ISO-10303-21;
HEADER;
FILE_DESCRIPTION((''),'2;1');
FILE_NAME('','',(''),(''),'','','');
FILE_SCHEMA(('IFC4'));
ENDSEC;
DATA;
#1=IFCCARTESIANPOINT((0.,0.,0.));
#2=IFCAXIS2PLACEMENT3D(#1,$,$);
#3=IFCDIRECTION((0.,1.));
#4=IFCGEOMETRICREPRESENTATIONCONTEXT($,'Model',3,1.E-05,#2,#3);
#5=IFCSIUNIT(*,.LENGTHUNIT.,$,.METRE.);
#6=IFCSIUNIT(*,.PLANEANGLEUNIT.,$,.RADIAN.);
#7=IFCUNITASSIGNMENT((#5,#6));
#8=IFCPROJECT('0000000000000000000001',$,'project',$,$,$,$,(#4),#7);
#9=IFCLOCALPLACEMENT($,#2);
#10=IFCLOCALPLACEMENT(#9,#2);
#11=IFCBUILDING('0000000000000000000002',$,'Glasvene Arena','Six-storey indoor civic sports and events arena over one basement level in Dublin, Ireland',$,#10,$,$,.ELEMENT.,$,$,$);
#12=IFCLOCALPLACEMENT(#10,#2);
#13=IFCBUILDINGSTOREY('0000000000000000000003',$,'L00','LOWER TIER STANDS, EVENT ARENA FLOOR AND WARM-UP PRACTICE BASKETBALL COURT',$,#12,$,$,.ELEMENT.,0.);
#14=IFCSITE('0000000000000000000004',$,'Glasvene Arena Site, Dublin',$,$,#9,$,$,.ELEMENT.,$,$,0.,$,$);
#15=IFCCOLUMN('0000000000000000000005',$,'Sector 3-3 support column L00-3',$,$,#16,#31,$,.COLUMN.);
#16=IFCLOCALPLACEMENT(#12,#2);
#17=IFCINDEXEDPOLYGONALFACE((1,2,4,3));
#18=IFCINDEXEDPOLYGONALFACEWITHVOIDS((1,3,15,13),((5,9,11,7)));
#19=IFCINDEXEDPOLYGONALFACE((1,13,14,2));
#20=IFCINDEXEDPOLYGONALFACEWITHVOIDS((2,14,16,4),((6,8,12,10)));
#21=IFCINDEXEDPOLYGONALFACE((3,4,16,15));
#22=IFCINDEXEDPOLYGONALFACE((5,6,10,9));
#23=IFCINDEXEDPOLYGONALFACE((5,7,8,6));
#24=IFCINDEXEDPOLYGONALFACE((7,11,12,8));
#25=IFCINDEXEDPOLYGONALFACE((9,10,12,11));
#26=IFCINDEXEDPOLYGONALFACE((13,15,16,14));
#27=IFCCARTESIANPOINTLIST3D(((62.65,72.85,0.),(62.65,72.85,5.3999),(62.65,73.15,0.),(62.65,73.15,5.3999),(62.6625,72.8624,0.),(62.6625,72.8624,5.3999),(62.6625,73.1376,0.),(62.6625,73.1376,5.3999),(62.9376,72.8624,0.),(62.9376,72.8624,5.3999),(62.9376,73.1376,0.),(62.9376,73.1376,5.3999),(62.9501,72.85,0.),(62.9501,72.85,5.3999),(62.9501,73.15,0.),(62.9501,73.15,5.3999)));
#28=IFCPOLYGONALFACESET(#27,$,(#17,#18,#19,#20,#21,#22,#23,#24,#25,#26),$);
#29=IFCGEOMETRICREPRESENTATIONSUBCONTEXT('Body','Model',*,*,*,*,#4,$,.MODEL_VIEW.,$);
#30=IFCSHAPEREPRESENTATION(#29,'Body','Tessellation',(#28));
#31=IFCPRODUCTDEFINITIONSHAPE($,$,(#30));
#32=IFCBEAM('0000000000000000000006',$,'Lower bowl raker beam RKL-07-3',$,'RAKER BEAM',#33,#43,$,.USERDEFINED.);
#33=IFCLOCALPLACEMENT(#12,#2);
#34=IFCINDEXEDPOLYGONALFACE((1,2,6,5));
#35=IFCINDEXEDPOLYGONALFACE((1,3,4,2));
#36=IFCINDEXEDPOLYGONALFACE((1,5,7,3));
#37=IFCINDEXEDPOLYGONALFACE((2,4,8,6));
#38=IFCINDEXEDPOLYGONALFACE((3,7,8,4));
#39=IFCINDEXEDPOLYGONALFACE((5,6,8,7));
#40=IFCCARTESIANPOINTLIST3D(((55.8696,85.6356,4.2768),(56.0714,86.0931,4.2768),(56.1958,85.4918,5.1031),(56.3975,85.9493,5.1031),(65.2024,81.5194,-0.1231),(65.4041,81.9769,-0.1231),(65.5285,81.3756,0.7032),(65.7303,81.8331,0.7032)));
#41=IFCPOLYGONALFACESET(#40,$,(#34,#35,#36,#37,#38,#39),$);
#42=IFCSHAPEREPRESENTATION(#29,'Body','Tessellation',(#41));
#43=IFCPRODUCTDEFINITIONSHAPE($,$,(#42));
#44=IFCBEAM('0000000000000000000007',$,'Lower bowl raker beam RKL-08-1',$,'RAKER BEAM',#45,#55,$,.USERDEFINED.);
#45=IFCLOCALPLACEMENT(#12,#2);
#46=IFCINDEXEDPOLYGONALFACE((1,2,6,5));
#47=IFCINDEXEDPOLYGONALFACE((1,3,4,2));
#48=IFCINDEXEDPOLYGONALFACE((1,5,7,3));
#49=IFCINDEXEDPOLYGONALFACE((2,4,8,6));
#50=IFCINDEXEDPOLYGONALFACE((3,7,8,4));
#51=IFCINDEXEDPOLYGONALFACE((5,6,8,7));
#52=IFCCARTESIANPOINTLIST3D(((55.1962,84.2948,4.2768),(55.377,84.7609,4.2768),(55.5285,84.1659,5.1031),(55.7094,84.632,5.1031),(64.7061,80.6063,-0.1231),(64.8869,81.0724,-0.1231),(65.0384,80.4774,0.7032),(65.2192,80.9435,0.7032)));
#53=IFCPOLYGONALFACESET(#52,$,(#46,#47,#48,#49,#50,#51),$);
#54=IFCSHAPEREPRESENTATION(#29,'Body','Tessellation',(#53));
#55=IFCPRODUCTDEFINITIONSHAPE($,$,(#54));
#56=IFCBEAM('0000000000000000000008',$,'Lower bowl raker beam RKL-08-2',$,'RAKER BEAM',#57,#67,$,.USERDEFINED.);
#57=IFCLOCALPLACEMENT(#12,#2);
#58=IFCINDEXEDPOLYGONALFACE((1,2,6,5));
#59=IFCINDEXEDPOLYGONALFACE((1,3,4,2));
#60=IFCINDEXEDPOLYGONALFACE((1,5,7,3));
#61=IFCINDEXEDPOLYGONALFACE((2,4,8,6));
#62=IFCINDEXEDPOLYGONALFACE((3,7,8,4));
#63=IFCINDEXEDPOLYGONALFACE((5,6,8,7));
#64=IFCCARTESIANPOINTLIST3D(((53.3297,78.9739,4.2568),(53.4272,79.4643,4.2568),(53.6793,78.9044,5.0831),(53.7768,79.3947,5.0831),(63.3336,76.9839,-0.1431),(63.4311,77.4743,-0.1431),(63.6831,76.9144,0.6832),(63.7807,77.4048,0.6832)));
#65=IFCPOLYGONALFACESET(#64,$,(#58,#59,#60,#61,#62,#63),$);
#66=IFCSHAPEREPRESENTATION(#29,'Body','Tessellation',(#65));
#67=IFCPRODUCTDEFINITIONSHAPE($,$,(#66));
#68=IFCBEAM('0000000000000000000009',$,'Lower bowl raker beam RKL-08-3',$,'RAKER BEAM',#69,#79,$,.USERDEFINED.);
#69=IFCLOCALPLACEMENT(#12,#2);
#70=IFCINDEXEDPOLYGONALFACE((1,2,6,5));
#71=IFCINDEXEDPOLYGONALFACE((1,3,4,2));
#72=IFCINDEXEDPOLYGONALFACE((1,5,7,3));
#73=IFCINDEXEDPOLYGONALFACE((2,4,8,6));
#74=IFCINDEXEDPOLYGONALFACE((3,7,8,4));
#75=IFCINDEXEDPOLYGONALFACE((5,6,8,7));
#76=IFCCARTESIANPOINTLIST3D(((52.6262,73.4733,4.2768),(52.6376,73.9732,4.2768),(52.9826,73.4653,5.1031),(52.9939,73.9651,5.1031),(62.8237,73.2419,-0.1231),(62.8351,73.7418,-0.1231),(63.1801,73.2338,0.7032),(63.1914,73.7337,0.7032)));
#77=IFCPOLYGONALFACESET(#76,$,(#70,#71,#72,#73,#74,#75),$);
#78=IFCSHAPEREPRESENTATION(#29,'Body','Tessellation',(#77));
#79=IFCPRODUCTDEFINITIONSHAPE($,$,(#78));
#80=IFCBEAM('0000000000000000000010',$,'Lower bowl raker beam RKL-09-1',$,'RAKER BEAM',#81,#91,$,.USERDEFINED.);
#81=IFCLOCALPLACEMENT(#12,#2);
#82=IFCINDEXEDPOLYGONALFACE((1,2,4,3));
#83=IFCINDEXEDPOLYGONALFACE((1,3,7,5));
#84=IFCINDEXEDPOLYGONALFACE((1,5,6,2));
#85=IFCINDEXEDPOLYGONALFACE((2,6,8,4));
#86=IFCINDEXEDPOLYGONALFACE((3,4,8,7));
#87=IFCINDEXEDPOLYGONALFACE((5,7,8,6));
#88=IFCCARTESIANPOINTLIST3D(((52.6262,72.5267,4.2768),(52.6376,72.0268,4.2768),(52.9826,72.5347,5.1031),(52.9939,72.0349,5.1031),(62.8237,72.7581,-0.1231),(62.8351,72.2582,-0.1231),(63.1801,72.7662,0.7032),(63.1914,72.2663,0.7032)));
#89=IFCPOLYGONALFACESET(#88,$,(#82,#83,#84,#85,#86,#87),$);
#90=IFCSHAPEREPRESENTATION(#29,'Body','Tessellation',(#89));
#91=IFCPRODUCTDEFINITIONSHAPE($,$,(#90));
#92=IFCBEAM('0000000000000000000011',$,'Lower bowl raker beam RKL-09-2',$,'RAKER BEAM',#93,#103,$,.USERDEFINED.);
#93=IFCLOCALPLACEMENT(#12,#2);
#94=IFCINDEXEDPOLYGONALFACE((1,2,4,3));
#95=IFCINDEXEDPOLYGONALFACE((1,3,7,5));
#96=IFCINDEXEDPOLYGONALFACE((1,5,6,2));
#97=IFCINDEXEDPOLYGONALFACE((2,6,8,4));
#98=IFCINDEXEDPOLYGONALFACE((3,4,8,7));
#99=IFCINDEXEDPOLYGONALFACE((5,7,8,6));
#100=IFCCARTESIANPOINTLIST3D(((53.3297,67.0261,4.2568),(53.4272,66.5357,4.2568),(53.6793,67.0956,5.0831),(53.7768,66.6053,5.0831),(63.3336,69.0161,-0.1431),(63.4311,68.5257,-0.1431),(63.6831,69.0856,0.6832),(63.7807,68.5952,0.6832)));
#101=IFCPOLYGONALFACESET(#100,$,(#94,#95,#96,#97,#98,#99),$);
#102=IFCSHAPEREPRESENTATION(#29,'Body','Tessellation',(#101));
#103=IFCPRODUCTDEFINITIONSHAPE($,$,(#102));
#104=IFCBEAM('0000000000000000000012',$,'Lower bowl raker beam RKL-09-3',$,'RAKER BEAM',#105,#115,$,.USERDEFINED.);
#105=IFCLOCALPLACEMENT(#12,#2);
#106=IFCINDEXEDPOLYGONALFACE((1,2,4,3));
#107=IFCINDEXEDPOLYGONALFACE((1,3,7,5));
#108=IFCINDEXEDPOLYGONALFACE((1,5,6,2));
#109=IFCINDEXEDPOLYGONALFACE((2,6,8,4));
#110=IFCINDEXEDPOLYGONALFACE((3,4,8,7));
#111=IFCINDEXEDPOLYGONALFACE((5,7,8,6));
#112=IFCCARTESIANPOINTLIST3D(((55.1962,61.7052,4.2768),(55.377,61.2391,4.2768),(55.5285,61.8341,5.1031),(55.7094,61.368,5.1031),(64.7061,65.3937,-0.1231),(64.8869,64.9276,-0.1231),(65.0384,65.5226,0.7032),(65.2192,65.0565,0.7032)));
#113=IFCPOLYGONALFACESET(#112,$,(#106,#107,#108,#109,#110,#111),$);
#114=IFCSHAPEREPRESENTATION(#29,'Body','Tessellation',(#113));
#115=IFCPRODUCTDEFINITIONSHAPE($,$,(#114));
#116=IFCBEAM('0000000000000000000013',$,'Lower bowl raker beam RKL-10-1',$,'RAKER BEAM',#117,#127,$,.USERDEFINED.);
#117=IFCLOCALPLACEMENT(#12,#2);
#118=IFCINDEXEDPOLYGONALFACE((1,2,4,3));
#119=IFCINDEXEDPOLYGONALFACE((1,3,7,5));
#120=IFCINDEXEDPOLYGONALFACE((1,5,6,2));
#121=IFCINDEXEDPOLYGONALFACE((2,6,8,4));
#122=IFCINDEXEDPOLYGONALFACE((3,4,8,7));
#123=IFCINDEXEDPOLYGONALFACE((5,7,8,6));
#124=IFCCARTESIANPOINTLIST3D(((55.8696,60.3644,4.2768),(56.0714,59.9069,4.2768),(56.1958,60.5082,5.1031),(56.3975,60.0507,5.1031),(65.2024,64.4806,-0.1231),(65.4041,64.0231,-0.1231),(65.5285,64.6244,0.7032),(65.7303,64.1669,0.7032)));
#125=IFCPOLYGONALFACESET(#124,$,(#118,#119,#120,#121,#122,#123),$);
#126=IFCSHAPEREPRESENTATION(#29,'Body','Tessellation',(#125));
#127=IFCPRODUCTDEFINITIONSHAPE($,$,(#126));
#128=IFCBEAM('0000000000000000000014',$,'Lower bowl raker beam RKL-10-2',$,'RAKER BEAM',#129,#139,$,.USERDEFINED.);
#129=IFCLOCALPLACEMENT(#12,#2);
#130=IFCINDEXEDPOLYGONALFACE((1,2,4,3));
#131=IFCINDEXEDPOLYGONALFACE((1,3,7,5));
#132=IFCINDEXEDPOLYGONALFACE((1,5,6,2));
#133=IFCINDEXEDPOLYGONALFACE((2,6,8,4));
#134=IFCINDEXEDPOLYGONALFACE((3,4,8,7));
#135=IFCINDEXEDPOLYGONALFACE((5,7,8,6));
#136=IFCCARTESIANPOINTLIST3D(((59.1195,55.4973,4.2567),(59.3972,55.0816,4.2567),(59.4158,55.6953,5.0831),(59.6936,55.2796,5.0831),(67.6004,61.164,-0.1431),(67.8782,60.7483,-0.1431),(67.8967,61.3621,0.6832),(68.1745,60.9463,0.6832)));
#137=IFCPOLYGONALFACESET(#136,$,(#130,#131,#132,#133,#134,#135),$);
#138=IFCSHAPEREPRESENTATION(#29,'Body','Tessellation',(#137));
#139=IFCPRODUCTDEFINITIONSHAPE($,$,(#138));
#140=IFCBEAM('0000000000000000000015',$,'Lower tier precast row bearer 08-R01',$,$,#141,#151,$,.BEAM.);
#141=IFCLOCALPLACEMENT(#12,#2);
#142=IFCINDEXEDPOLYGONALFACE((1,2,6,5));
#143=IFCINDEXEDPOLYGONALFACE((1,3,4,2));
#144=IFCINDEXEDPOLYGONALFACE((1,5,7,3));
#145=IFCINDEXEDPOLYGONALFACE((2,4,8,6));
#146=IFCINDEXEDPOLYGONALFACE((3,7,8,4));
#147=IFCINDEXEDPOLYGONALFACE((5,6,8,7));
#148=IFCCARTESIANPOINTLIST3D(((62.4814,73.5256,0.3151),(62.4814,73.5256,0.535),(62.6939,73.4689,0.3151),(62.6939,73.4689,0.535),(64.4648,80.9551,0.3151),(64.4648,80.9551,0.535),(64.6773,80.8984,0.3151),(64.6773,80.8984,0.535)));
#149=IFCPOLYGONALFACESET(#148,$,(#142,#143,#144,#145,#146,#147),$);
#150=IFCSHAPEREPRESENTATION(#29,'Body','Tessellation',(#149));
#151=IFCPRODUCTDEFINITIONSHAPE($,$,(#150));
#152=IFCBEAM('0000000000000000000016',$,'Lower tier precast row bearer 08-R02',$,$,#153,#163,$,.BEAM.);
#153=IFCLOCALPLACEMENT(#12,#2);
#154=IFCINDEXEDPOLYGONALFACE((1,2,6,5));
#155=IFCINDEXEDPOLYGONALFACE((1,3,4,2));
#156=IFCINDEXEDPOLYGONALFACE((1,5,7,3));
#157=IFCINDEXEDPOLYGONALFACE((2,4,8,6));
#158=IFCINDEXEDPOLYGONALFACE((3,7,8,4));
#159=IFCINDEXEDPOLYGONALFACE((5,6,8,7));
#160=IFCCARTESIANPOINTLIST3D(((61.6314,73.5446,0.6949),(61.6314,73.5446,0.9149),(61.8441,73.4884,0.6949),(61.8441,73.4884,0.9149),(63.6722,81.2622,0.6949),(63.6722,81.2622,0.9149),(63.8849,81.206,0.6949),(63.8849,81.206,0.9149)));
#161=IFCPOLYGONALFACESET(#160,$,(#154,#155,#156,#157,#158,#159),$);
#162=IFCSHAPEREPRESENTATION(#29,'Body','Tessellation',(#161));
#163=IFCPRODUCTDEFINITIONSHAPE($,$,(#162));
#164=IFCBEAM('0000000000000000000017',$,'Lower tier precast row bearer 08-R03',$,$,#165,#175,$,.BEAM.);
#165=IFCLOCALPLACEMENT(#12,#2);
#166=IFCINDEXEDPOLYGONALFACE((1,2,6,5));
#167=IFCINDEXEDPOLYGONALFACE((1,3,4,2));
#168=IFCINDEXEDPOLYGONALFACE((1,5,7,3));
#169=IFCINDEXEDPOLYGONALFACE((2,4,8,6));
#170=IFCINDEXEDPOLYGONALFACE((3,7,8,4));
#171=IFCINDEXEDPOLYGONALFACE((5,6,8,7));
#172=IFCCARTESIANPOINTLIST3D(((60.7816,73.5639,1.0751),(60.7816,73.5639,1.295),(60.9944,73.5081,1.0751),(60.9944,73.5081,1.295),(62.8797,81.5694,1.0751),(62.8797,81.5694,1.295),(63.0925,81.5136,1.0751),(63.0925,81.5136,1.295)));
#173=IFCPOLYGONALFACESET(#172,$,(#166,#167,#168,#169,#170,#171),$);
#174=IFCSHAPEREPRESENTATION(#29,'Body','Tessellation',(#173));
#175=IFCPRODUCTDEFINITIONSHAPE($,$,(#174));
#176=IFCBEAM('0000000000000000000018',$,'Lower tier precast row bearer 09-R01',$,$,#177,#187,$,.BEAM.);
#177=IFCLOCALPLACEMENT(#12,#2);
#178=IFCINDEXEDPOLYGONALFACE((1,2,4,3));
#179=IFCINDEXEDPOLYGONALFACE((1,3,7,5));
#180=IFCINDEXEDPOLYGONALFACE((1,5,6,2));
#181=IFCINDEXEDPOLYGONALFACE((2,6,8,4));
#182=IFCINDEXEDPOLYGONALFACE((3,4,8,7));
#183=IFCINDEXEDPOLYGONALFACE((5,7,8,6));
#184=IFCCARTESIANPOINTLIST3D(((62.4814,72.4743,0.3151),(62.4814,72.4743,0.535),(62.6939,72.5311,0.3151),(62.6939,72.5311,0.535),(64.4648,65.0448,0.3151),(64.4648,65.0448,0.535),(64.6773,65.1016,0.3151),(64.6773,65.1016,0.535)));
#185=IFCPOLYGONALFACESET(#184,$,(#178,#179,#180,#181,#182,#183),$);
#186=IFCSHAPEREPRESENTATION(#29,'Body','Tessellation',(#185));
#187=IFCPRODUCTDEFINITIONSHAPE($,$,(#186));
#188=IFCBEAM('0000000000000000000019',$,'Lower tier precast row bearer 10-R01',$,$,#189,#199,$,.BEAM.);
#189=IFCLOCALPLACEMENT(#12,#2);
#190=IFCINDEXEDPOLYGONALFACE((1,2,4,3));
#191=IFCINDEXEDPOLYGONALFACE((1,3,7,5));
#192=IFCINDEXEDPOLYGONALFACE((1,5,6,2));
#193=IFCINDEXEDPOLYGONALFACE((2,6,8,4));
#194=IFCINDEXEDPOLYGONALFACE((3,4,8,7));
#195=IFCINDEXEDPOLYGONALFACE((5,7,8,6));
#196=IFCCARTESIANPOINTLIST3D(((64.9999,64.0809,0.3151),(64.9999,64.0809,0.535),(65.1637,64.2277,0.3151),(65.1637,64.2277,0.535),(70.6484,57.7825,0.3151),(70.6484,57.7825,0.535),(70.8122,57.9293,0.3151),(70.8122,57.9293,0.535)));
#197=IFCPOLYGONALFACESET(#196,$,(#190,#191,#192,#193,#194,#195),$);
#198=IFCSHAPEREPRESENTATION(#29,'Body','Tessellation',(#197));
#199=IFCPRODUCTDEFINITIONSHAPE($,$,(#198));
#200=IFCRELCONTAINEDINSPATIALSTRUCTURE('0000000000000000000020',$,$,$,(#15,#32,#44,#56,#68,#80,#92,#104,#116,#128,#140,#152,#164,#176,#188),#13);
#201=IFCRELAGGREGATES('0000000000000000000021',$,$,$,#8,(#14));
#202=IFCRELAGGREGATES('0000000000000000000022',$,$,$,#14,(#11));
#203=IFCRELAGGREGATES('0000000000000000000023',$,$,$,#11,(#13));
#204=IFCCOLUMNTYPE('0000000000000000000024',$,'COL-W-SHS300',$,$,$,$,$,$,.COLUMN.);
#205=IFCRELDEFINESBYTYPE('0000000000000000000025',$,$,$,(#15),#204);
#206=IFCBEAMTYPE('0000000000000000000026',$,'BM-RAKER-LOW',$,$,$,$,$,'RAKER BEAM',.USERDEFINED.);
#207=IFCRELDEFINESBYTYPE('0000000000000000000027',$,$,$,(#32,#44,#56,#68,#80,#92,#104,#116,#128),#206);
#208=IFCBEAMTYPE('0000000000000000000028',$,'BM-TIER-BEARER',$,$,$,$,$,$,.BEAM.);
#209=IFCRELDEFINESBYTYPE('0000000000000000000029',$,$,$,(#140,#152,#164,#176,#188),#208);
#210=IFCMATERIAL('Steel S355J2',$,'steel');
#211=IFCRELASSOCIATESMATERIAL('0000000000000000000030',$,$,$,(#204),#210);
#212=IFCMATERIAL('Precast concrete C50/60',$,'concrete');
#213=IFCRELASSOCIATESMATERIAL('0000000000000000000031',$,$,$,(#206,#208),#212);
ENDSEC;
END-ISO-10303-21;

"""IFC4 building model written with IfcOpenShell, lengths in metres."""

from ifc_helpers import new_model, si_unit, direction, frame, origin, origin_2d, place, context, subcontext, project, spatial, rectangle, hollow_rectangle, extrude, material, material_profile, profile_set, type_object, element, save


model = new_model("IFC4")

# Units and contexts
model_context = context("Model", 3, precision=1e-05, world=origin(), true_north=direction((0.0, 1.0)))
body_context = subcontext(model_context, "Body", "Model", "MODEL_VIEW")
ifc_project = project(units=[si_unit("LENGTHUNIT", "METRE"), si_unit("PLANEANGLEUNIT", "RADIAN")], contexts=[model_context])

# Site, building, storey
site_placement = place(None, origin())
site = spatial("IfcSite", under=ifc_project, at=site_placement, Name="Glasvene Arena Site, Dublin", CompositionType="ELEMENT", RefElevation=0.0)
building_placement = place(site_placement, origin())
building = spatial("IfcBuilding", under=site, at=building_placement, Name="Glasvene Arena", Description="Six-storey indoor civic sports and events arena over one basement level in Dublin, Ireland", CompositionType="ELEMENT")
storey_placement = place(building_placement, origin())
storey = spatial("IfcBuildingStorey", under=building, at=storey_placement, Name="L00", Description="LOWER TIER STANDS, EVENT ARENA FLOOR AND WARM-UP PRACTICE BASKETBALL COURT", CompositionType="ELEMENT", Elevation=0.0)

# Column
ifc_material_1 = material(Name="Steel S355J2", Category="steel")
ifc_material_profile_1 = material_profile(ifc_material_1, hollow_rectangle(XDim=0.3, YDim=0.3, WallThickness=0.0125, at=origin_2d()), Name="SHS 300x300x12.5")
ifc_profile_set_1 = profile_set([ifc_material_profile_1], Name="Steel S355J2")
column_type = type_object("IfcColumnType", Name="COL-W-SHS300", PredefinedType="COLUMN", material=ifc_profile_set_1)
column_placement = place(storey_placement, frame((62.8, 73.0, 0.0), z_axis=(0.0, 0.0, 1.0), x_axis=(1.0, 0.0, 0.0)))
element("IfcColumn", 1, at=column_placement, inside=storey, type_object=column_type, Name="Sector 3-3 support column L00-3", PredefinedType="COLUMN", context=body_context, shape_type="SweptSolid", body=[
    extrude(hollow_rectangle(XDim=0.3, YDim=0.3, WallThickness=0.0125, at=origin_2d()), origin(), (0.0, 0.0, 1.0), 5.3999),
])

# Beams
ifc_material_2 = material(Name="Precast concrete C50/60", Category="concrete")
ifc_material_profile_2 = material_profile(ifc_material_2, rectangle(XDim=0.5, YDim=0.8999, at=origin_2d()), Name="RC 500x900")
ifc_profile_set_2 = profile_set([ifc_material_profile_2], Name="Precast concrete C50/60")
beam_type_1 = type_object("IfcBeamType", Name="BM-RAKER-LOW", ElementType="RAKER BEAM", PredefinedType="USERDEFINED", material=ifc_profile_set_2)
for number, where, z_axis, x_axis, name in (
    (2, (65.4663, 81.6763, 0.29), (-0.840132, 0.37054, 0.396078), (-0.403543, -0.914961, 0.0), "Lower bowl raker beam RKL-07-3"),
    (3, (64.9626, 80.7749, 0.29), (-0.856077, 0.33204, 0.396083), (-0.361614, -0.932328, 0.0), "Lower bowl raker beam RKL-08-1"),
):
    element("IfcBeam", number, at=place(storey_placement, frame(where, z_axis=z_axis, x_axis=x_axis)), inside=storey, type_object=beam_type_1, Name=name, ObjectType="RAKER BEAM", PredefinedType="USERDEFINED", context=body_context, shape_type="SweptSolid", body=[
        extrude(rectangle(XDim=0.5, YDim=0.8999, at=origin_2d()), origin(), (0.0, 0.0, 1.0), 11.1086),
    ])
beam_1_placement = place(storey_placement, frame((63.5571, 77.1943, 0.27), z_axis=(-0.900568, 0.179142, 0.396087), x_axis=(-0.195099, -0.980784, 0.0)))
element("IfcBeam", 4, at=beam_1_placement, inside=storey, type_object=beam_type_1, Name="Lower bowl raker beam RKL-08-2", ObjectType="RAKER BEAM", PredefinedType="USERDEFINED", context=body_context, shape_type="SweptSolid", body=[
    extrude(rectangle(XDim=0.5, YDim=0.8999, at=origin_2d()), origin(), (0.0, 0.0, 1.0), 11.1084),
])
for number, where, z_axis, x_axis, name in (
    (5, (63.0076, 73.4878, 0.29), (-0.91798, 0.020835, 0.396079), (-0.02269, -0.999743, 0.0), "Lower bowl raker beam RKL-08-3"),
    (6, (63.0076, 72.5122, 0.29), (-0.91798, -0.020835, 0.396079), (0.02269, -0.999743, 0.0), "Lower bowl raker beam RKL-09-1"),
):
    element("IfcBeam", number, at=place(storey_placement, frame(where, z_axis=z_axis, x_axis=x_axis)), inside=storey, type_object=beam_type_1, Name=name, ObjectType="RAKER BEAM", PredefinedType="USERDEFINED", context=body_context, shape_type="SweptSolid", body=[
        extrude(rectangle(XDim=0.5, YDim=0.8999, at=origin_2d()), origin(), (0.0, 0.0, 1.0), 11.1086),
    ])
beam_2_placement = place(storey_placement, frame((63.5571, 68.8057, 0.27), z_axis=(-0.900568, -0.179142, 0.396087), x_axis=(0.195099, -0.980784, 0.0)))
element("IfcBeam", 7, at=beam_2_placement, inside=storey, type_object=beam_type_1, Name="Lower bowl raker beam RKL-09-2", ObjectType="RAKER BEAM", PredefinedType="USERDEFINED", context=body_context, shape_type="SweptSolid", body=[
    extrude(rectangle(XDim=0.5, YDim=0.8999, at=origin_2d()), origin(), (0.0, 0.0, 1.0), 11.1084),
])
for number, where, z_axis, x_axis, name in (
    (8, (64.9626, 65.2251, 0.29), (-0.856077, -0.33204, 0.396083), (0.361614, -0.932328, 0.0), "Lower bowl raker beam RKL-09-3"),
    (9, (65.4663, 64.3237, 0.29), (-0.840132, -0.37054, 0.396078), (0.403543, -0.914961, 0.0), "Lower bowl raker beam RKL-10-1"),
):
    element("IfcBeam", number, at=place(storey_placement, frame(where, z_axis=z_axis, x_axis=x_axis)), inside=storey, type_object=beam_type_1, Name=name, ObjectType="RAKER BEAM", PredefinedType="USERDEFINED", context=body_context, shape_type="SweptSolid", body=[
        extrude(rectangle(XDim=0.5, YDim=0.8999, at=origin_2d()), origin(), (0.0, 0.0, 1.0), 11.1086),
    ])
beam_3_placement = place(storey_placement, frame((67.8875, 61.0552, 0.27), z_axis=(-0.763469, -0.510129, 0.396086), x_axis=(0.555567, -0.831472, 0.0)))
element("IfcBeam", 10, at=beam_3_placement, inside=storey, type_object=beam_type_1, Name="Lower bowl raker beam RKL-10-2", ObjectType="RAKER BEAM", PredefinedType="USERDEFINED", context=body_context, shape_type="SweptSolid", body=[
    extrude(rectangle(XDim=0.5, YDim=0.8999, at=origin_2d()), origin(), (0.0, 0.0, 1.0), 11.1084),
])
ifc_material_profile_3 = material_profile(ifc_material_2, rectangle(XDim=0.22, YDim=0.22, at=origin_2d()), Name="RC 220x220")
ifc_profile_set_3 = profile_set([ifc_material_profile_3], Name="Precast concrete C50/60")
beam_type_2 = type_object("IfcBeamType", Name="BM-TIER-BEARER", PredefinedType="BEAM", material=ifc_profile_set_3)
beam_4_placement = place(storey_placement, frame((64.571, 80.9268, 0.425), z_axis=(-0.257931, -0.966163, 0.0), x_axis=(0.966163, -0.257931, 0.0)))
element("IfcBeam", 11, at=beam_4_placement, inside=storey, type_object=beam_type_2, Name="Lower tier precast row bearer 08-R01", PredefinedType="BEAM", context=body_context, shape_type="SweptSolid", body=[
    extrude(rectangle(XDim=0.22, YDim=0.22, at=origin_2d()), origin(), (0.0, 0.0, 1.0), 7.6897),
])
beam_5_placement = place(storey_placement, frame((63.7786, 81.2341, 0.8049), z_axis=(-0.255646, -0.96677, 0.0), x_axis=(0.96677, -0.255646, 0.0)))
element("IfcBeam", 12, at=beam_5_placement, inside=storey, type_object=beam_type_2, Name="Lower tier precast row bearer 08-R02", PredefinedType="BEAM", context=body_context, shape_type="SweptSolid", body=[
    extrude(rectangle(XDim=0.22, YDim=0.22, at=origin_2d()), origin(), (0.0, 0.0, 1.0), 7.9829),
])
beam_6_placement = place(storey_placement, frame((62.9861, 81.5415, 1.1851), z_axis=(-0.253522, -0.96733, 0.0), x_axis=(0.96733, -0.253522, 0.0)))
element("IfcBeam", 13, at=beam_6_placement, inside=storey, type_object=beam_type_2, Name="Lower tier precast row bearer 08-R03", PredefinedType="BEAM", context=body_context, shape_type="SweptSolid", body=[
    extrude(rectangle(XDim=0.22, YDim=0.22, at=origin_2d()), origin(), (0.0, 0.0, 1.0), 8.2759),
])
beam_7_placement = place(storey_placement, frame((62.5876, 72.5027, 0.425), z_axis=(0.257931, -0.966163, 0.0), x_axis=(0.966163, 0.257931, 0.0)))
element("IfcBeam", 14, at=beam_7_placement, inside=storey, type_object=beam_type_2, Name="Lower tier precast row bearer 09-R01", PredefinedType="BEAM", context=body_context, shape_type="SweptSolid", body=[
    extrude(rectangle(XDim=0.22, YDim=0.22, at=origin_2d()), origin(), (0.0, 0.0, 1.0), 7.6897),
])
beam_8_placement = place(storey_placement, frame((65.0818, 64.1543, 0.425), z_axis=(0.667653, -0.744472, 0.0), x_axis=(0.744472, 0.667653, 0.0)))
element("IfcBeam", 15, at=beam_8_placement, inside=storey, type_object=beam_type_2, Name="Lower tier precast row bearer 10-R01", PredefinedType="BEAM", context=body_context, shape_type="SweptSolid", body=[
    extrude(rectangle(XDim=0.22, YDim=0.22, at=origin_2d()), origin(), (0.0, 0.0, 1.0), 8.4602),
])

save(model, "model.ifc")
